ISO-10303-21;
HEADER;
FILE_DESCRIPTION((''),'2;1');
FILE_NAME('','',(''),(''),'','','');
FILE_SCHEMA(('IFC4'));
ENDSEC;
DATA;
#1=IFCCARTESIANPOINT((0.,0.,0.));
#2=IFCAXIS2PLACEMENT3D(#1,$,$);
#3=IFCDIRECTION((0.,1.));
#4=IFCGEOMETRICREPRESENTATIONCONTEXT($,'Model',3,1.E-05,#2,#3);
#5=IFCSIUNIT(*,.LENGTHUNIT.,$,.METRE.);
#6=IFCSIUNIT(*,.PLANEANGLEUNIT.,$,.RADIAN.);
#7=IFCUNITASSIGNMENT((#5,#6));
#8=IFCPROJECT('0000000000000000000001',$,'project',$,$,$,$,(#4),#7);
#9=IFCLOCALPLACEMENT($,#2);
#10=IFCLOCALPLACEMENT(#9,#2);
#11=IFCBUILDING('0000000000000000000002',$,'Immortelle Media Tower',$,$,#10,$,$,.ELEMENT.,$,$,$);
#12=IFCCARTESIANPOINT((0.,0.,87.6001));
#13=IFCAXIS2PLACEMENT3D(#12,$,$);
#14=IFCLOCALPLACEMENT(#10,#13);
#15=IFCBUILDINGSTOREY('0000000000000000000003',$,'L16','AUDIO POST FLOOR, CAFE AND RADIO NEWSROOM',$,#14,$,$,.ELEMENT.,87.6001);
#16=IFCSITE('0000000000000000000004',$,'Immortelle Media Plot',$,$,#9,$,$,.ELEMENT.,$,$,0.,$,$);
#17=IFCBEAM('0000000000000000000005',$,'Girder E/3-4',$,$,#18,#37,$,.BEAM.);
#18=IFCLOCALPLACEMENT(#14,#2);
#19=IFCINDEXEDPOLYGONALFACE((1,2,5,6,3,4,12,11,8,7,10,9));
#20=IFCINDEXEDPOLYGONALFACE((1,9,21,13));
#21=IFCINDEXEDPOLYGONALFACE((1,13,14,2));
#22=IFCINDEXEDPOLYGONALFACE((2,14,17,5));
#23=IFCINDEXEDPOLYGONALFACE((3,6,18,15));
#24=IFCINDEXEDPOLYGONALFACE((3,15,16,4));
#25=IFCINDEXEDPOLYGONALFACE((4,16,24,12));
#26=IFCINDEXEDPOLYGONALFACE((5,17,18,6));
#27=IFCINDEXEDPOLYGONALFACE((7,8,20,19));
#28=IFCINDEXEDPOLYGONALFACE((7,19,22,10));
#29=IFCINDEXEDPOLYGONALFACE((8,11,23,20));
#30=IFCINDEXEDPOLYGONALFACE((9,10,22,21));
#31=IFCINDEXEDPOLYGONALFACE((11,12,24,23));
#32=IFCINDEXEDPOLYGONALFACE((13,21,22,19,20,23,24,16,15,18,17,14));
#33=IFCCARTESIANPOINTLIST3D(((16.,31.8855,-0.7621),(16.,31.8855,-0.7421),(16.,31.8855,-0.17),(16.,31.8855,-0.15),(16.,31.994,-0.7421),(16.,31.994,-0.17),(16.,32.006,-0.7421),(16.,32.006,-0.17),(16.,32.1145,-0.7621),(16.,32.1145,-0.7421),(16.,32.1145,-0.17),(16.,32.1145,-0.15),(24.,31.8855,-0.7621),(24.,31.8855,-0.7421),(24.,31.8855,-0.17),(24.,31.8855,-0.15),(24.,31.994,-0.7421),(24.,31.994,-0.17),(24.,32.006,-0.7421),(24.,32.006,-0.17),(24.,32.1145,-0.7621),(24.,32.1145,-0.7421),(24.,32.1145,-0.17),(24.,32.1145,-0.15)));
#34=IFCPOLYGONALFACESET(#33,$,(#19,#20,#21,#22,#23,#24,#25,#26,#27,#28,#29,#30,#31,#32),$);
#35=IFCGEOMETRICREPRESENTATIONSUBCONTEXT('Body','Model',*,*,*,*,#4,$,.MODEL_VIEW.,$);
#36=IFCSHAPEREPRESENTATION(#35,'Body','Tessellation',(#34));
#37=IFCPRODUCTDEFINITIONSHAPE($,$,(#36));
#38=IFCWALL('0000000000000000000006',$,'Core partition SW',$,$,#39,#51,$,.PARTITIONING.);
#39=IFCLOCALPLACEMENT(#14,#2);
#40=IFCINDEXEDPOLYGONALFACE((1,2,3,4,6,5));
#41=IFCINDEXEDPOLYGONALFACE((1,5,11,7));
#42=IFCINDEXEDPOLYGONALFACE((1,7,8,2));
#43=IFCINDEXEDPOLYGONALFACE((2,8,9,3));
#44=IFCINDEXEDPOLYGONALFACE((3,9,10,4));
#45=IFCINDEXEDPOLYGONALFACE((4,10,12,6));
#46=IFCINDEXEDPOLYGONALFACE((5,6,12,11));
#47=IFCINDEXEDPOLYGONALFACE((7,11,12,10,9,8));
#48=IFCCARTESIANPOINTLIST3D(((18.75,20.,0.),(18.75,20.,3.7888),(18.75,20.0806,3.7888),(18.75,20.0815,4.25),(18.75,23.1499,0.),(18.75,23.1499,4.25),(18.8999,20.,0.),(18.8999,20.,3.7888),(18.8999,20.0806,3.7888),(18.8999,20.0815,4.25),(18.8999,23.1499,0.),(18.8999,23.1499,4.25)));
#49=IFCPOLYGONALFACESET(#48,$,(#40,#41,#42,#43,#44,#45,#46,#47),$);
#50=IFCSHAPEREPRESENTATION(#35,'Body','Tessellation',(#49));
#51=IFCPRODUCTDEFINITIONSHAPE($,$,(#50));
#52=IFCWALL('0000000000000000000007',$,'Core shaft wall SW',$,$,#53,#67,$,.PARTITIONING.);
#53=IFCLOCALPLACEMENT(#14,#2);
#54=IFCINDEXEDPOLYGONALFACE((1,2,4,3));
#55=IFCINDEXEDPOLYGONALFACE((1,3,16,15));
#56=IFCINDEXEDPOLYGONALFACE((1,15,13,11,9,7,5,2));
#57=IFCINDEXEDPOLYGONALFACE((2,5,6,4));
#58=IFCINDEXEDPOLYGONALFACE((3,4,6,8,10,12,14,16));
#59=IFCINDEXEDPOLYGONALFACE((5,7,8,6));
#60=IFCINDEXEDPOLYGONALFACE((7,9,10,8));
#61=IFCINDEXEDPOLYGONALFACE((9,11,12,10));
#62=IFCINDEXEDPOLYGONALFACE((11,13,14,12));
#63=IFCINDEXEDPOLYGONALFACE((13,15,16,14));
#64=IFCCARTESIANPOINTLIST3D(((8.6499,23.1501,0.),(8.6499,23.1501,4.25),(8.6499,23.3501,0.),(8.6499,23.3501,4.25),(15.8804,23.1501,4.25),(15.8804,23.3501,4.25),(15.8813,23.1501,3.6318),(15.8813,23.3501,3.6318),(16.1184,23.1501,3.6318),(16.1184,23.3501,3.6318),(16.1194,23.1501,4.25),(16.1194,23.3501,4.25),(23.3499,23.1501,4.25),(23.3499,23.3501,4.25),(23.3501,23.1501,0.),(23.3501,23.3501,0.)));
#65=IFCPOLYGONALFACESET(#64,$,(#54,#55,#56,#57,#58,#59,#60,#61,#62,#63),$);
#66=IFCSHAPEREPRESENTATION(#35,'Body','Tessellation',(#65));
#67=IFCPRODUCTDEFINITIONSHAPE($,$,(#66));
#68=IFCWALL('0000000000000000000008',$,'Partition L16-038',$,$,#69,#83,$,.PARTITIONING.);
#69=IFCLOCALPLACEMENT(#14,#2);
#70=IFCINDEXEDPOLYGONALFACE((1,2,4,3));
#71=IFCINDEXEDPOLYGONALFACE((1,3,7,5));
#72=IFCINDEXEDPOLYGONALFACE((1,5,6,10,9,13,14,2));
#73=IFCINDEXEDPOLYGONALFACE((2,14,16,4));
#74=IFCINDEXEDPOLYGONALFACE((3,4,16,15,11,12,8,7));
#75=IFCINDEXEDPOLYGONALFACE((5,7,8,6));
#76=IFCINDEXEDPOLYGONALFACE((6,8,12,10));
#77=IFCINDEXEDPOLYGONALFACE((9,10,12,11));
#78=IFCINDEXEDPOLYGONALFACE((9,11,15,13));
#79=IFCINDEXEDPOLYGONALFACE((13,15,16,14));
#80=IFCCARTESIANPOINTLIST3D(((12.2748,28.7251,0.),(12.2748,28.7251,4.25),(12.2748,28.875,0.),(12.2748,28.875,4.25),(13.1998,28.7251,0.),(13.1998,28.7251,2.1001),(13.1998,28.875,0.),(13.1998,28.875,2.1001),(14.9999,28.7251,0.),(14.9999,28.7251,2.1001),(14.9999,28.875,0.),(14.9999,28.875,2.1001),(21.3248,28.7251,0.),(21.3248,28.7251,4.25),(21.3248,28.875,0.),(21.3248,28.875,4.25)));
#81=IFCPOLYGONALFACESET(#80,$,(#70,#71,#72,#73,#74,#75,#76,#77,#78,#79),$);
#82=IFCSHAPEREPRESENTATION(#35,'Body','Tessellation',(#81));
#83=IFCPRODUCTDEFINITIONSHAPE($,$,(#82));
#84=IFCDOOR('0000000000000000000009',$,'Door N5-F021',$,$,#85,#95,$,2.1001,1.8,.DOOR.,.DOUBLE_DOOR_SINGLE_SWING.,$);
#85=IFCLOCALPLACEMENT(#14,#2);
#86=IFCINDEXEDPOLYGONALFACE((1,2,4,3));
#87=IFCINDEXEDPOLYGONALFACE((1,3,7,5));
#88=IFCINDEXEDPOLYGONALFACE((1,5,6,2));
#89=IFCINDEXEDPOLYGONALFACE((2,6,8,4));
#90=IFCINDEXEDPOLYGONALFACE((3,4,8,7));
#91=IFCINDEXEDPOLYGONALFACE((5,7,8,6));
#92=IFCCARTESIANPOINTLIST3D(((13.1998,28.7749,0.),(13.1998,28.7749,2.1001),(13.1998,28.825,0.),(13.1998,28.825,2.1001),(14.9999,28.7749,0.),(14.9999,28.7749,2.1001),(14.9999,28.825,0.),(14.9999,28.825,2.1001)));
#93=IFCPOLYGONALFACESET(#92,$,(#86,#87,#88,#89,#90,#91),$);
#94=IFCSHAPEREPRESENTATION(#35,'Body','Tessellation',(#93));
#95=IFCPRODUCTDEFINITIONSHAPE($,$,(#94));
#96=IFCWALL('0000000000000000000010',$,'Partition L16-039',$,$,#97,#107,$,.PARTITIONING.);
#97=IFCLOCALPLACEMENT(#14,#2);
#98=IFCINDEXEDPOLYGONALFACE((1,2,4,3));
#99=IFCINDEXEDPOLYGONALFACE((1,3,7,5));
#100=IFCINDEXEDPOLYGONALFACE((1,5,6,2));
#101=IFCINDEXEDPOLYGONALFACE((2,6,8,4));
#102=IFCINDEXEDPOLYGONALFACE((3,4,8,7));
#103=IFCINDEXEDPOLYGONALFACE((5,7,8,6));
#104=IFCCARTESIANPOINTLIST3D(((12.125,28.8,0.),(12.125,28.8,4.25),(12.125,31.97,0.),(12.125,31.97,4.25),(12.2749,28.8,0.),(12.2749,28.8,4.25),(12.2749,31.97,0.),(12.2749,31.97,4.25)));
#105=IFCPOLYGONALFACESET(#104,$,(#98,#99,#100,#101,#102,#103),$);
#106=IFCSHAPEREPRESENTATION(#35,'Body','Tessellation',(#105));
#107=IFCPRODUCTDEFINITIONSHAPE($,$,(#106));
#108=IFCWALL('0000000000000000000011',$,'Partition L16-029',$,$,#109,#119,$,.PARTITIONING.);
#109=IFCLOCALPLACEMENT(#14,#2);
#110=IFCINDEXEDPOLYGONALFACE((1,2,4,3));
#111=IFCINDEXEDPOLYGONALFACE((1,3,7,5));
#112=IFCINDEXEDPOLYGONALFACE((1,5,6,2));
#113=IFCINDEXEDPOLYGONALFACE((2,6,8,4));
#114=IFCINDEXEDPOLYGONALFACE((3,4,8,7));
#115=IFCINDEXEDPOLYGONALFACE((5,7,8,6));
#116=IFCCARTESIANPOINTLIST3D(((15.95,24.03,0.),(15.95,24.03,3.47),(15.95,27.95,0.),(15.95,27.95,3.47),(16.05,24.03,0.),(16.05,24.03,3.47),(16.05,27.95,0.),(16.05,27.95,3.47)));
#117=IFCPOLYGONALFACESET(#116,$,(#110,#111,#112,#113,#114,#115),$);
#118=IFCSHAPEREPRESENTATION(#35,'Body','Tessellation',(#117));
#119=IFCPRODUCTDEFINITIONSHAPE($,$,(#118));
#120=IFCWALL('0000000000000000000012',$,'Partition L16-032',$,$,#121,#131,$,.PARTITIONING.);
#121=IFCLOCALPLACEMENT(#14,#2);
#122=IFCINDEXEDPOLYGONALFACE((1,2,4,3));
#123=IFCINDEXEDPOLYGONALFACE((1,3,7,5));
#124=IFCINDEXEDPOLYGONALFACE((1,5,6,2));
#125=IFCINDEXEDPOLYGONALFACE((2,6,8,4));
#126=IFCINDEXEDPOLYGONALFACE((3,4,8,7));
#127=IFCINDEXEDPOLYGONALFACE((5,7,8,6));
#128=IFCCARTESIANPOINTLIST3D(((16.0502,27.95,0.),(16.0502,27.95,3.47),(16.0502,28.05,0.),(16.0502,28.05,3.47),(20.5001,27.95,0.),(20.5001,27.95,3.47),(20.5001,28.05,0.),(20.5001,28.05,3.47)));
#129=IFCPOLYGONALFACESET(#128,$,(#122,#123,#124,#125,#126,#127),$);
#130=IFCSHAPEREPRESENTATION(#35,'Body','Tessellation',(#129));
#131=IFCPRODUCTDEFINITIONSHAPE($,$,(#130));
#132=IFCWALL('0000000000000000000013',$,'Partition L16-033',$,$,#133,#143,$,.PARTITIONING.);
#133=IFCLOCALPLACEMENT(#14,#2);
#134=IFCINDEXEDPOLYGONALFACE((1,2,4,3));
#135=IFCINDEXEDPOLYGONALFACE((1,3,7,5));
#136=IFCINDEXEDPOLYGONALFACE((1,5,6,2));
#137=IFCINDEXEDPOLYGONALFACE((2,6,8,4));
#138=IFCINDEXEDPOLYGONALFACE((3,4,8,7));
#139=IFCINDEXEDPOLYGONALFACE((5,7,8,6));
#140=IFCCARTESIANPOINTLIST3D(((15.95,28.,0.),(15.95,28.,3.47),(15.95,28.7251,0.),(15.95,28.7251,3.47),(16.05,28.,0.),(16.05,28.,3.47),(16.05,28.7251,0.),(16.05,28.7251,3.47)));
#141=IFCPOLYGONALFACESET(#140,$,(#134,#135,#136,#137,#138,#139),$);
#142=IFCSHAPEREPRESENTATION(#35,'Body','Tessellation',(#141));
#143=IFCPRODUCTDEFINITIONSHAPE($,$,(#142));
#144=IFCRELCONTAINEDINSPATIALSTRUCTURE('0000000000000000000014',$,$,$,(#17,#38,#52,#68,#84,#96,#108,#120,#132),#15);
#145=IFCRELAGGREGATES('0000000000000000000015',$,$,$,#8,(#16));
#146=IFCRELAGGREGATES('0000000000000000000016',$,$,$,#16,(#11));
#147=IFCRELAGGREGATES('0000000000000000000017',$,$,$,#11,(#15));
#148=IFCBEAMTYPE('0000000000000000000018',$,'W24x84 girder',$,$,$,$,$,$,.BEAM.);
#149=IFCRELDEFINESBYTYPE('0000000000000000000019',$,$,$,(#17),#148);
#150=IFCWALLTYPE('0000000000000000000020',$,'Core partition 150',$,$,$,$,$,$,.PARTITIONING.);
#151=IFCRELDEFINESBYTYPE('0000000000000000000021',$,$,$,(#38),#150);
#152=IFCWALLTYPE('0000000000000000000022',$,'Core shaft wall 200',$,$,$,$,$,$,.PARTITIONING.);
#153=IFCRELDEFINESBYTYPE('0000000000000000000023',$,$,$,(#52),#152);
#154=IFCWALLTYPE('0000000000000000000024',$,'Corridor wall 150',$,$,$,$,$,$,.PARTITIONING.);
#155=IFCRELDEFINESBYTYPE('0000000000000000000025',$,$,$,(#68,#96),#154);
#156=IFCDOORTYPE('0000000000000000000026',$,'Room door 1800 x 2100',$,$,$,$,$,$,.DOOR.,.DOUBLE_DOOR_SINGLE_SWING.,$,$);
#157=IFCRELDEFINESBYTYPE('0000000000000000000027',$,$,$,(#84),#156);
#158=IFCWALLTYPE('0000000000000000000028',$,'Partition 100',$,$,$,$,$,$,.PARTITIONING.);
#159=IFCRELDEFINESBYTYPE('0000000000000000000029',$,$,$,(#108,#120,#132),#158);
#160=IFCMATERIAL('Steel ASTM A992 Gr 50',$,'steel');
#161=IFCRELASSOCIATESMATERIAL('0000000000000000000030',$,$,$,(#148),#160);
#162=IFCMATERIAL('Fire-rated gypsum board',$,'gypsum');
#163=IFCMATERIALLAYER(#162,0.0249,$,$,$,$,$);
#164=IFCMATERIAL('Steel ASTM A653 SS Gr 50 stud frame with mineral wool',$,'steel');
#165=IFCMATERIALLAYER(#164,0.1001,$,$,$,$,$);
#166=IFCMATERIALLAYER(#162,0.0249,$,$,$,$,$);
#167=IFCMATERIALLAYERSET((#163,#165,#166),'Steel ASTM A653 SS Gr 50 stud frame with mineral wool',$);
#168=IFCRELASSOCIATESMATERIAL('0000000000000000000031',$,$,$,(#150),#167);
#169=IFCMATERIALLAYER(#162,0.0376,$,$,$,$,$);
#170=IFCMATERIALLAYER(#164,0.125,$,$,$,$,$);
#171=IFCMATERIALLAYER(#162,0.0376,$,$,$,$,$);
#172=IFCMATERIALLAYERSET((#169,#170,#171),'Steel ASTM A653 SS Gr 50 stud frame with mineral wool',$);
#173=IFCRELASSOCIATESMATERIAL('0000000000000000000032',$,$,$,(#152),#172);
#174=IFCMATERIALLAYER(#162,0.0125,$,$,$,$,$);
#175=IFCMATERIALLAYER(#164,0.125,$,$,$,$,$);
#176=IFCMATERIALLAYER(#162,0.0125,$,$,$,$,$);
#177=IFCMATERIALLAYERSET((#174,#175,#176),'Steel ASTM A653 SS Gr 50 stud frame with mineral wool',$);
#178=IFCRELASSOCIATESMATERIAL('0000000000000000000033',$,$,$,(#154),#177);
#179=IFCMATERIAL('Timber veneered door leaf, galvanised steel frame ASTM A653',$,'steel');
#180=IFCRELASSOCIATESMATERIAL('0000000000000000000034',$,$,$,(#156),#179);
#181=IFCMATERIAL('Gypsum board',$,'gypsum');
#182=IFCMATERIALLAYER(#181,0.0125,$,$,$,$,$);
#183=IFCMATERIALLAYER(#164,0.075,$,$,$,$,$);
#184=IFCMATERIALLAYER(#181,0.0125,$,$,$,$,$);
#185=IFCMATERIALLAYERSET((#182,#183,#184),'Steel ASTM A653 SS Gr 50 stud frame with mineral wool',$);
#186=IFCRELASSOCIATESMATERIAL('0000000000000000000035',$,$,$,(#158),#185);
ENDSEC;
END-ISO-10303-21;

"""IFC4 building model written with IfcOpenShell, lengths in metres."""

from ifc_helpers import new_model, si_unit, direction, frame, frame_2d, origin, origin_2d, place, context, subcontext, project, spatial, polyline, rectangle, i_section, outline, extrude, material, layer, layer_set, material_profile, profile_set, type_object, element, fill, save


model = new_model("IFC4")

# Units and contexts
model_context = context("Model", 3, precision=1e-05, world=origin(), true_north=direction((0.0, 1.0)))
body_context = subcontext(model_context, "Body", "Model", "MODEL_VIEW")
ifc_project = project(units=[si_unit("LENGTHUNIT", "METRE"), si_unit("PLANEANGLEUNIT", "RADIAN")], contexts=[model_context])

# Site, building, storey
site_placement = place(None, origin())
site = spatial("IfcSite", under=ifc_project, at=site_placement, Name="Immortelle Media Plot", CompositionType="ELEMENT", RefElevation=0.0)
building_placement = place(site_placement, origin())
building = spatial("IfcBuilding", under=site, at=building_placement, Name="Immortelle Media Tower", CompositionType="ELEMENT")
storey_placement = place(building_placement, frame((0.0, 0.0, 87.6001)))
storey = spatial("IfcBuildingStorey", under=building, at=storey_placement, Name="L16", Description="AUDIO POST FLOOR, CAFE AND RADIO NEWSROOM", CompositionType="ELEMENT", Elevation=87.6001)

# Shared definitions
ifc_material_1 = material(Name="Steel ASTM A992 Gr 50", Category="steel")

# Beam
ifc_material_profile_1 = material_profile(ifc_material_1, i_section(OverallWidth=0.229, OverallDepth=0.6121, WebThickness=0.012, FlangeThickness=0.02, at=origin_2d()), Name="W24x84")
ifc_profile_set_1 = profile_set([ifc_material_profile_1], Name="Steel ASTM A992 Gr 50")
beam_type_1 = type_object("IfcBeamType", Name="W24x84 girder", PredefinedType="BEAM", material=ifc_profile_set_1)
for number, where, z_axis, x_axis, name in (
    (1, (16.0, 32.0, -0.4561), (1.0, 0.0, 0.0), (0.0, 1.0, 0.0), "Girder E/3-4"),
):
    element("IfcBeam", number, at=place(storey_placement, frame(where, z_axis=z_axis, x_axis=x_axis)), inside=storey, type_object=beam_type_1, Name=name, PredefinedType="BEAM", context=body_context, shape_type="SweptSolid", body=[
        extrude(i_section(OverallWidth=0.229, OverallDepth=0.6121, WebThickness=0.012, FlangeThickness=0.02, at=origin_2d()), origin(), (0.0, 0.0, 1.0), 8.0),
    ])

# Walls
ifc_material_2 = material(Name="Fire-rated gypsum board", Category="gypsum")
ifc_layer_1 = layer(ifc_material_2, 0.0249)
ifc_material_3 = material(Name="Steel ASTM A653 SS Gr 50 stud frame with mineral wool", Category="steel")
ifc_layer_2 = layer(ifc_material_3, 0.1001)
ifc_layer_3 = layer(ifc_material_2, 0.0249)
ifc_layer_set_1 = layer_set([ifc_layer_1, ifc_layer_2, ifc_layer_3], Name="Steel ASTM A653 SS Gr 50 stud frame with mineral wool")
wall_type_1 = type_object("IfcWallType", Name="Core partition 150", PredefinedType="PARTITIONING", material=ifc_layer_set_1)
wall_1_placement = place(storey_placement, frame((18.825, 20.0, 0.0), z_axis=(0.0, 0.0, 1.0), x_axis=(0.0, 1.0, 0.0)))
element("IfcWall", 2, at=wall_1_placement, inside=storey, type_object=wall_type_1, Name="Core partition SW", PredefinedType="PARTITIONING", context=body_context, shape_type="SweptSolid", body=[
    extrude(outline(polyline([(0.0, 0.0), (3.1499, 0.0), (3.1499, 4.25), (0.0815, 4.25), (0.0806, 3.7888), (0.0, 3.7888), (0.0, 0.0)])), frame((0.0, 0.075, 0.0), z_axis=(0.0, -1.0, 0.0), x_axis=(1.0, 0.0, 0.0)), (0.0, 0.0, 1.0), 0.1499),
])
ifc_layer_4 = layer(ifc_material_2, 0.0376)
ifc_layer_5 = layer(ifc_material_3, 0.125)
ifc_layer_6 = layer(ifc_material_2, 0.0376)
ifc_layer_set_2 = layer_set([ifc_layer_4, ifc_layer_5, ifc_layer_6], Name="Steel ASTM A653 SS Gr 50 stud frame with mineral wool")
wall_type_2 = type_object("IfcWallType", Name="Core shaft wall 200", PredefinedType="PARTITIONING", material=ifc_layer_set_2)
wall_2_placement = place(storey_placement, frame((8.6499, 23.25, 0.0), z_axis=(0.0, 0.0, 1.0), x_axis=(1.0, 0.0, 0.0)))
element("IfcWall", 3, at=wall_2_placement, inside=storey, type_object=wall_type_2, Name="Core shaft wall SW", PredefinedType="PARTITIONING", context=body_context, shape_type="SweptSolid", body=[
    extrude(outline(polyline([(0.0, 0.0), (14.7002, 0.0), (14.7, 4.25), (7.4695, 4.25), (7.4685, 3.6318), (7.2314, 3.6318), (7.2305, 4.25), (0.0, 4.25), (0.0, 0.0)])), frame((0.0, 0.1001, 0.0), z_axis=(0.0, -1.0, 0.0), x_axis=(1.0, 0.0, 0.0)), (0.0, 0.0, 1.0), 0.2),
])

# Wall, opening, door
ifc_layer_7 = layer(ifc_material_2, 0.0125)
ifc_layer_8 = layer(ifc_material_3, 0.125)
ifc_layer_9 = layer(ifc_material_2, 0.0125)
ifc_layer_set_3 = layer_set([ifc_layer_7, ifc_layer_8, ifc_layer_9], Name="Steel ASTM A653 SS Gr 50 stud frame with mineral wool")
wall_type_3 = type_object("IfcWallType", Name="Corridor wall 150", PredefinedType="PARTITIONING", material=ifc_layer_set_3)
wall_3_placement = place(storey_placement, frame((12.2749, 28.8, 0.0), z_axis=(0.0, 0.0, 1.0), x_axis=(1.0, 0.0, 0.0)))
wall_3 = element("IfcWall", 4, at=wall_3_placement, inside=storey, type_object=wall_type_3, Name="Partition L16-038", PredefinedType="PARTITIONING", context=body_context, shape_type="SweptSolid", body=[
    extrude(rectangle(XDim=9.05, YDim=0.1499, at=frame_2d((4.5249, 0.0))), origin(), (0.0, 0.0, 1.0), 4.25),
])
opening_placement = place(wall_3_placement, frame((0.925, 0.0, 0.0)))
opening = element("IfcOpeningElement", 5, at=opening_placement, cuts=wall_3, PredefinedType="OPENING", context=body_context, shape_type="SweptSolid", body=[
    extrude(rectangle(XDim=1.8, YDim=2.1001, at=frame_2d((0.8999, 1.05))), frame((0.0, 0.085, 0.0), z_axis=(0.0, -1.0, 0.0), x_axis=(1.0, 0.0, 0.0)), (0.0, 0.0, 1.0), 0.1699),
])
ifc_material_4 = material(Name="Timber veneered door leaf, galvanised steel frame ASTM A653", Category="steel")
door_type = type_object("IfcDoorType", Name="Room door 1800 x 2100", OperationType="DOUBLE_DOOR_SINGLE_SWING", PredefinedType="DOOR", material=ifc_material_4)
door_placement = place(opening_placement, origin())
door = element("IfcDoor", 6, at=door_placement, inside=storey, type_object=door_type, Name="Door N5-F021", OperationType="DOUBLE_DOOR_SINGLE_SWING", OverallHeight=2.1001, OverallWidth=1.8, PredefinedType="DOOR", context=body_context, shape_type="SweptSolid", body=[
    extrude(rectangle(XDim=1.8, YDim=2.1001, at=frame_2d((0.8999, 1.05))), frame((0.0, 0.0249, 0.0), z_axis=(0.0, -1.0, 0.0), x_axis=(1.0, 0.0, 0.0)), (0.0, 0.0, 1.0), 0.05),
])
fill(opening, door)

# Walls
wall_4_placement = place(storey_placement, frame((12.2, 28.8, 0.0), z_axis=(0.0, 0.0, 1.0), x_axis=(0.0, 1.0, 0.0)))
element("IfcWall", 7, at=wall_4_placement, inside=storey, type_object=wall_type_3, Name="Partition L16-039", PredefinedType="PARTITIONING", context=body_context, shape_type="SweptSolid", body=[
    extrude(rectangle(XDim=3.1699, YDim=0.1499, at=frame_2d((1.585, 0.0))), origin(), (0.0, 0.0, 1.0), 4.25),
])
ifc_material_5 = material(Name="Gypsum board", Category="gypsum")
ifc_layer_10 = layer(ifc_material_5, 0.0125)
ifc_layer_11 = layer(ifc_material_3, 0.075)
ifc_layer_12 = layer(ifc_material_5, 0.0125)
ifc_layer_set_4 = layer_set([ifc_layer_10, ifc_layer_11, ifc_layer_12], Name="Steel ASTM A653 SS Gr 50 stud frame with mineral wool")
wall_type_4 = type_object("IfcWallType", Name="Partition 100", PredefinedType="PARTITIONING", material=ifc_layer_set_4)
wall_5_placement = place(storey_placement, frame((16.0, 24.03, 0.0), z_axis=(0.0, 0.0, 1.0), x_axis=(0.0, 1.0, 0.0)))
element("IfcWall", 8, at=wall_5_placement, inside=storey, type_object=wall_type_4, Name="Partition L16-029", PredefinedType="PARTITIONING", context=body_context, shape_type="SweptSolid", body=[
    extrude(rectangle(XDim=3.9199, YDim=0.1001, at=frame_2d((1.96, 0.0))), origin(), (0.0, 0.0, 1.0), 3.47),
])
wall_6_placement = place(storey_placement, frame((16.05, 28.0, 0.0), z_axis=(0.0, 0.0, 1.0), x_axis=(1.0, 0.0, 0.0)))
element("IfcWall", 9, at=wall_6_placement, inside=storey, type_object=wall_type_4, Name="Partition L16-032", PredefinedType="PARTITIONING", context=body_context, shape_type="SweptSolid", body=[
    extrude(rectangle(XDim=4.45, YDim=0.1001, at=frame_2d((2.2251, 0.0))), origin(), (0.0, 0.0, 1.0), 3.47),
])
wall_7_placement = place(storey_placement, frame((16.0, 28.0, 0.0), z_axis=(0.0, 0.0, 1.0), x_axis=(0.0, 1.0, 0.0)))
element("IfcWall", 10, at=wall_7_placement, inside=storey, type_object=wall_type_4, Name="Partition L16-033", PredefinedType="PARTITIONING", context=body_context, shape_type="SweptSolid", body=[
    extrude(rectangle(XDim=0.7251, YDim=0.1001, at=frame_2d((0.3625, 0.0))), origin(), (0.0, 0.0, 1.0), 3.47),
])

save(model, "model.ifc")
